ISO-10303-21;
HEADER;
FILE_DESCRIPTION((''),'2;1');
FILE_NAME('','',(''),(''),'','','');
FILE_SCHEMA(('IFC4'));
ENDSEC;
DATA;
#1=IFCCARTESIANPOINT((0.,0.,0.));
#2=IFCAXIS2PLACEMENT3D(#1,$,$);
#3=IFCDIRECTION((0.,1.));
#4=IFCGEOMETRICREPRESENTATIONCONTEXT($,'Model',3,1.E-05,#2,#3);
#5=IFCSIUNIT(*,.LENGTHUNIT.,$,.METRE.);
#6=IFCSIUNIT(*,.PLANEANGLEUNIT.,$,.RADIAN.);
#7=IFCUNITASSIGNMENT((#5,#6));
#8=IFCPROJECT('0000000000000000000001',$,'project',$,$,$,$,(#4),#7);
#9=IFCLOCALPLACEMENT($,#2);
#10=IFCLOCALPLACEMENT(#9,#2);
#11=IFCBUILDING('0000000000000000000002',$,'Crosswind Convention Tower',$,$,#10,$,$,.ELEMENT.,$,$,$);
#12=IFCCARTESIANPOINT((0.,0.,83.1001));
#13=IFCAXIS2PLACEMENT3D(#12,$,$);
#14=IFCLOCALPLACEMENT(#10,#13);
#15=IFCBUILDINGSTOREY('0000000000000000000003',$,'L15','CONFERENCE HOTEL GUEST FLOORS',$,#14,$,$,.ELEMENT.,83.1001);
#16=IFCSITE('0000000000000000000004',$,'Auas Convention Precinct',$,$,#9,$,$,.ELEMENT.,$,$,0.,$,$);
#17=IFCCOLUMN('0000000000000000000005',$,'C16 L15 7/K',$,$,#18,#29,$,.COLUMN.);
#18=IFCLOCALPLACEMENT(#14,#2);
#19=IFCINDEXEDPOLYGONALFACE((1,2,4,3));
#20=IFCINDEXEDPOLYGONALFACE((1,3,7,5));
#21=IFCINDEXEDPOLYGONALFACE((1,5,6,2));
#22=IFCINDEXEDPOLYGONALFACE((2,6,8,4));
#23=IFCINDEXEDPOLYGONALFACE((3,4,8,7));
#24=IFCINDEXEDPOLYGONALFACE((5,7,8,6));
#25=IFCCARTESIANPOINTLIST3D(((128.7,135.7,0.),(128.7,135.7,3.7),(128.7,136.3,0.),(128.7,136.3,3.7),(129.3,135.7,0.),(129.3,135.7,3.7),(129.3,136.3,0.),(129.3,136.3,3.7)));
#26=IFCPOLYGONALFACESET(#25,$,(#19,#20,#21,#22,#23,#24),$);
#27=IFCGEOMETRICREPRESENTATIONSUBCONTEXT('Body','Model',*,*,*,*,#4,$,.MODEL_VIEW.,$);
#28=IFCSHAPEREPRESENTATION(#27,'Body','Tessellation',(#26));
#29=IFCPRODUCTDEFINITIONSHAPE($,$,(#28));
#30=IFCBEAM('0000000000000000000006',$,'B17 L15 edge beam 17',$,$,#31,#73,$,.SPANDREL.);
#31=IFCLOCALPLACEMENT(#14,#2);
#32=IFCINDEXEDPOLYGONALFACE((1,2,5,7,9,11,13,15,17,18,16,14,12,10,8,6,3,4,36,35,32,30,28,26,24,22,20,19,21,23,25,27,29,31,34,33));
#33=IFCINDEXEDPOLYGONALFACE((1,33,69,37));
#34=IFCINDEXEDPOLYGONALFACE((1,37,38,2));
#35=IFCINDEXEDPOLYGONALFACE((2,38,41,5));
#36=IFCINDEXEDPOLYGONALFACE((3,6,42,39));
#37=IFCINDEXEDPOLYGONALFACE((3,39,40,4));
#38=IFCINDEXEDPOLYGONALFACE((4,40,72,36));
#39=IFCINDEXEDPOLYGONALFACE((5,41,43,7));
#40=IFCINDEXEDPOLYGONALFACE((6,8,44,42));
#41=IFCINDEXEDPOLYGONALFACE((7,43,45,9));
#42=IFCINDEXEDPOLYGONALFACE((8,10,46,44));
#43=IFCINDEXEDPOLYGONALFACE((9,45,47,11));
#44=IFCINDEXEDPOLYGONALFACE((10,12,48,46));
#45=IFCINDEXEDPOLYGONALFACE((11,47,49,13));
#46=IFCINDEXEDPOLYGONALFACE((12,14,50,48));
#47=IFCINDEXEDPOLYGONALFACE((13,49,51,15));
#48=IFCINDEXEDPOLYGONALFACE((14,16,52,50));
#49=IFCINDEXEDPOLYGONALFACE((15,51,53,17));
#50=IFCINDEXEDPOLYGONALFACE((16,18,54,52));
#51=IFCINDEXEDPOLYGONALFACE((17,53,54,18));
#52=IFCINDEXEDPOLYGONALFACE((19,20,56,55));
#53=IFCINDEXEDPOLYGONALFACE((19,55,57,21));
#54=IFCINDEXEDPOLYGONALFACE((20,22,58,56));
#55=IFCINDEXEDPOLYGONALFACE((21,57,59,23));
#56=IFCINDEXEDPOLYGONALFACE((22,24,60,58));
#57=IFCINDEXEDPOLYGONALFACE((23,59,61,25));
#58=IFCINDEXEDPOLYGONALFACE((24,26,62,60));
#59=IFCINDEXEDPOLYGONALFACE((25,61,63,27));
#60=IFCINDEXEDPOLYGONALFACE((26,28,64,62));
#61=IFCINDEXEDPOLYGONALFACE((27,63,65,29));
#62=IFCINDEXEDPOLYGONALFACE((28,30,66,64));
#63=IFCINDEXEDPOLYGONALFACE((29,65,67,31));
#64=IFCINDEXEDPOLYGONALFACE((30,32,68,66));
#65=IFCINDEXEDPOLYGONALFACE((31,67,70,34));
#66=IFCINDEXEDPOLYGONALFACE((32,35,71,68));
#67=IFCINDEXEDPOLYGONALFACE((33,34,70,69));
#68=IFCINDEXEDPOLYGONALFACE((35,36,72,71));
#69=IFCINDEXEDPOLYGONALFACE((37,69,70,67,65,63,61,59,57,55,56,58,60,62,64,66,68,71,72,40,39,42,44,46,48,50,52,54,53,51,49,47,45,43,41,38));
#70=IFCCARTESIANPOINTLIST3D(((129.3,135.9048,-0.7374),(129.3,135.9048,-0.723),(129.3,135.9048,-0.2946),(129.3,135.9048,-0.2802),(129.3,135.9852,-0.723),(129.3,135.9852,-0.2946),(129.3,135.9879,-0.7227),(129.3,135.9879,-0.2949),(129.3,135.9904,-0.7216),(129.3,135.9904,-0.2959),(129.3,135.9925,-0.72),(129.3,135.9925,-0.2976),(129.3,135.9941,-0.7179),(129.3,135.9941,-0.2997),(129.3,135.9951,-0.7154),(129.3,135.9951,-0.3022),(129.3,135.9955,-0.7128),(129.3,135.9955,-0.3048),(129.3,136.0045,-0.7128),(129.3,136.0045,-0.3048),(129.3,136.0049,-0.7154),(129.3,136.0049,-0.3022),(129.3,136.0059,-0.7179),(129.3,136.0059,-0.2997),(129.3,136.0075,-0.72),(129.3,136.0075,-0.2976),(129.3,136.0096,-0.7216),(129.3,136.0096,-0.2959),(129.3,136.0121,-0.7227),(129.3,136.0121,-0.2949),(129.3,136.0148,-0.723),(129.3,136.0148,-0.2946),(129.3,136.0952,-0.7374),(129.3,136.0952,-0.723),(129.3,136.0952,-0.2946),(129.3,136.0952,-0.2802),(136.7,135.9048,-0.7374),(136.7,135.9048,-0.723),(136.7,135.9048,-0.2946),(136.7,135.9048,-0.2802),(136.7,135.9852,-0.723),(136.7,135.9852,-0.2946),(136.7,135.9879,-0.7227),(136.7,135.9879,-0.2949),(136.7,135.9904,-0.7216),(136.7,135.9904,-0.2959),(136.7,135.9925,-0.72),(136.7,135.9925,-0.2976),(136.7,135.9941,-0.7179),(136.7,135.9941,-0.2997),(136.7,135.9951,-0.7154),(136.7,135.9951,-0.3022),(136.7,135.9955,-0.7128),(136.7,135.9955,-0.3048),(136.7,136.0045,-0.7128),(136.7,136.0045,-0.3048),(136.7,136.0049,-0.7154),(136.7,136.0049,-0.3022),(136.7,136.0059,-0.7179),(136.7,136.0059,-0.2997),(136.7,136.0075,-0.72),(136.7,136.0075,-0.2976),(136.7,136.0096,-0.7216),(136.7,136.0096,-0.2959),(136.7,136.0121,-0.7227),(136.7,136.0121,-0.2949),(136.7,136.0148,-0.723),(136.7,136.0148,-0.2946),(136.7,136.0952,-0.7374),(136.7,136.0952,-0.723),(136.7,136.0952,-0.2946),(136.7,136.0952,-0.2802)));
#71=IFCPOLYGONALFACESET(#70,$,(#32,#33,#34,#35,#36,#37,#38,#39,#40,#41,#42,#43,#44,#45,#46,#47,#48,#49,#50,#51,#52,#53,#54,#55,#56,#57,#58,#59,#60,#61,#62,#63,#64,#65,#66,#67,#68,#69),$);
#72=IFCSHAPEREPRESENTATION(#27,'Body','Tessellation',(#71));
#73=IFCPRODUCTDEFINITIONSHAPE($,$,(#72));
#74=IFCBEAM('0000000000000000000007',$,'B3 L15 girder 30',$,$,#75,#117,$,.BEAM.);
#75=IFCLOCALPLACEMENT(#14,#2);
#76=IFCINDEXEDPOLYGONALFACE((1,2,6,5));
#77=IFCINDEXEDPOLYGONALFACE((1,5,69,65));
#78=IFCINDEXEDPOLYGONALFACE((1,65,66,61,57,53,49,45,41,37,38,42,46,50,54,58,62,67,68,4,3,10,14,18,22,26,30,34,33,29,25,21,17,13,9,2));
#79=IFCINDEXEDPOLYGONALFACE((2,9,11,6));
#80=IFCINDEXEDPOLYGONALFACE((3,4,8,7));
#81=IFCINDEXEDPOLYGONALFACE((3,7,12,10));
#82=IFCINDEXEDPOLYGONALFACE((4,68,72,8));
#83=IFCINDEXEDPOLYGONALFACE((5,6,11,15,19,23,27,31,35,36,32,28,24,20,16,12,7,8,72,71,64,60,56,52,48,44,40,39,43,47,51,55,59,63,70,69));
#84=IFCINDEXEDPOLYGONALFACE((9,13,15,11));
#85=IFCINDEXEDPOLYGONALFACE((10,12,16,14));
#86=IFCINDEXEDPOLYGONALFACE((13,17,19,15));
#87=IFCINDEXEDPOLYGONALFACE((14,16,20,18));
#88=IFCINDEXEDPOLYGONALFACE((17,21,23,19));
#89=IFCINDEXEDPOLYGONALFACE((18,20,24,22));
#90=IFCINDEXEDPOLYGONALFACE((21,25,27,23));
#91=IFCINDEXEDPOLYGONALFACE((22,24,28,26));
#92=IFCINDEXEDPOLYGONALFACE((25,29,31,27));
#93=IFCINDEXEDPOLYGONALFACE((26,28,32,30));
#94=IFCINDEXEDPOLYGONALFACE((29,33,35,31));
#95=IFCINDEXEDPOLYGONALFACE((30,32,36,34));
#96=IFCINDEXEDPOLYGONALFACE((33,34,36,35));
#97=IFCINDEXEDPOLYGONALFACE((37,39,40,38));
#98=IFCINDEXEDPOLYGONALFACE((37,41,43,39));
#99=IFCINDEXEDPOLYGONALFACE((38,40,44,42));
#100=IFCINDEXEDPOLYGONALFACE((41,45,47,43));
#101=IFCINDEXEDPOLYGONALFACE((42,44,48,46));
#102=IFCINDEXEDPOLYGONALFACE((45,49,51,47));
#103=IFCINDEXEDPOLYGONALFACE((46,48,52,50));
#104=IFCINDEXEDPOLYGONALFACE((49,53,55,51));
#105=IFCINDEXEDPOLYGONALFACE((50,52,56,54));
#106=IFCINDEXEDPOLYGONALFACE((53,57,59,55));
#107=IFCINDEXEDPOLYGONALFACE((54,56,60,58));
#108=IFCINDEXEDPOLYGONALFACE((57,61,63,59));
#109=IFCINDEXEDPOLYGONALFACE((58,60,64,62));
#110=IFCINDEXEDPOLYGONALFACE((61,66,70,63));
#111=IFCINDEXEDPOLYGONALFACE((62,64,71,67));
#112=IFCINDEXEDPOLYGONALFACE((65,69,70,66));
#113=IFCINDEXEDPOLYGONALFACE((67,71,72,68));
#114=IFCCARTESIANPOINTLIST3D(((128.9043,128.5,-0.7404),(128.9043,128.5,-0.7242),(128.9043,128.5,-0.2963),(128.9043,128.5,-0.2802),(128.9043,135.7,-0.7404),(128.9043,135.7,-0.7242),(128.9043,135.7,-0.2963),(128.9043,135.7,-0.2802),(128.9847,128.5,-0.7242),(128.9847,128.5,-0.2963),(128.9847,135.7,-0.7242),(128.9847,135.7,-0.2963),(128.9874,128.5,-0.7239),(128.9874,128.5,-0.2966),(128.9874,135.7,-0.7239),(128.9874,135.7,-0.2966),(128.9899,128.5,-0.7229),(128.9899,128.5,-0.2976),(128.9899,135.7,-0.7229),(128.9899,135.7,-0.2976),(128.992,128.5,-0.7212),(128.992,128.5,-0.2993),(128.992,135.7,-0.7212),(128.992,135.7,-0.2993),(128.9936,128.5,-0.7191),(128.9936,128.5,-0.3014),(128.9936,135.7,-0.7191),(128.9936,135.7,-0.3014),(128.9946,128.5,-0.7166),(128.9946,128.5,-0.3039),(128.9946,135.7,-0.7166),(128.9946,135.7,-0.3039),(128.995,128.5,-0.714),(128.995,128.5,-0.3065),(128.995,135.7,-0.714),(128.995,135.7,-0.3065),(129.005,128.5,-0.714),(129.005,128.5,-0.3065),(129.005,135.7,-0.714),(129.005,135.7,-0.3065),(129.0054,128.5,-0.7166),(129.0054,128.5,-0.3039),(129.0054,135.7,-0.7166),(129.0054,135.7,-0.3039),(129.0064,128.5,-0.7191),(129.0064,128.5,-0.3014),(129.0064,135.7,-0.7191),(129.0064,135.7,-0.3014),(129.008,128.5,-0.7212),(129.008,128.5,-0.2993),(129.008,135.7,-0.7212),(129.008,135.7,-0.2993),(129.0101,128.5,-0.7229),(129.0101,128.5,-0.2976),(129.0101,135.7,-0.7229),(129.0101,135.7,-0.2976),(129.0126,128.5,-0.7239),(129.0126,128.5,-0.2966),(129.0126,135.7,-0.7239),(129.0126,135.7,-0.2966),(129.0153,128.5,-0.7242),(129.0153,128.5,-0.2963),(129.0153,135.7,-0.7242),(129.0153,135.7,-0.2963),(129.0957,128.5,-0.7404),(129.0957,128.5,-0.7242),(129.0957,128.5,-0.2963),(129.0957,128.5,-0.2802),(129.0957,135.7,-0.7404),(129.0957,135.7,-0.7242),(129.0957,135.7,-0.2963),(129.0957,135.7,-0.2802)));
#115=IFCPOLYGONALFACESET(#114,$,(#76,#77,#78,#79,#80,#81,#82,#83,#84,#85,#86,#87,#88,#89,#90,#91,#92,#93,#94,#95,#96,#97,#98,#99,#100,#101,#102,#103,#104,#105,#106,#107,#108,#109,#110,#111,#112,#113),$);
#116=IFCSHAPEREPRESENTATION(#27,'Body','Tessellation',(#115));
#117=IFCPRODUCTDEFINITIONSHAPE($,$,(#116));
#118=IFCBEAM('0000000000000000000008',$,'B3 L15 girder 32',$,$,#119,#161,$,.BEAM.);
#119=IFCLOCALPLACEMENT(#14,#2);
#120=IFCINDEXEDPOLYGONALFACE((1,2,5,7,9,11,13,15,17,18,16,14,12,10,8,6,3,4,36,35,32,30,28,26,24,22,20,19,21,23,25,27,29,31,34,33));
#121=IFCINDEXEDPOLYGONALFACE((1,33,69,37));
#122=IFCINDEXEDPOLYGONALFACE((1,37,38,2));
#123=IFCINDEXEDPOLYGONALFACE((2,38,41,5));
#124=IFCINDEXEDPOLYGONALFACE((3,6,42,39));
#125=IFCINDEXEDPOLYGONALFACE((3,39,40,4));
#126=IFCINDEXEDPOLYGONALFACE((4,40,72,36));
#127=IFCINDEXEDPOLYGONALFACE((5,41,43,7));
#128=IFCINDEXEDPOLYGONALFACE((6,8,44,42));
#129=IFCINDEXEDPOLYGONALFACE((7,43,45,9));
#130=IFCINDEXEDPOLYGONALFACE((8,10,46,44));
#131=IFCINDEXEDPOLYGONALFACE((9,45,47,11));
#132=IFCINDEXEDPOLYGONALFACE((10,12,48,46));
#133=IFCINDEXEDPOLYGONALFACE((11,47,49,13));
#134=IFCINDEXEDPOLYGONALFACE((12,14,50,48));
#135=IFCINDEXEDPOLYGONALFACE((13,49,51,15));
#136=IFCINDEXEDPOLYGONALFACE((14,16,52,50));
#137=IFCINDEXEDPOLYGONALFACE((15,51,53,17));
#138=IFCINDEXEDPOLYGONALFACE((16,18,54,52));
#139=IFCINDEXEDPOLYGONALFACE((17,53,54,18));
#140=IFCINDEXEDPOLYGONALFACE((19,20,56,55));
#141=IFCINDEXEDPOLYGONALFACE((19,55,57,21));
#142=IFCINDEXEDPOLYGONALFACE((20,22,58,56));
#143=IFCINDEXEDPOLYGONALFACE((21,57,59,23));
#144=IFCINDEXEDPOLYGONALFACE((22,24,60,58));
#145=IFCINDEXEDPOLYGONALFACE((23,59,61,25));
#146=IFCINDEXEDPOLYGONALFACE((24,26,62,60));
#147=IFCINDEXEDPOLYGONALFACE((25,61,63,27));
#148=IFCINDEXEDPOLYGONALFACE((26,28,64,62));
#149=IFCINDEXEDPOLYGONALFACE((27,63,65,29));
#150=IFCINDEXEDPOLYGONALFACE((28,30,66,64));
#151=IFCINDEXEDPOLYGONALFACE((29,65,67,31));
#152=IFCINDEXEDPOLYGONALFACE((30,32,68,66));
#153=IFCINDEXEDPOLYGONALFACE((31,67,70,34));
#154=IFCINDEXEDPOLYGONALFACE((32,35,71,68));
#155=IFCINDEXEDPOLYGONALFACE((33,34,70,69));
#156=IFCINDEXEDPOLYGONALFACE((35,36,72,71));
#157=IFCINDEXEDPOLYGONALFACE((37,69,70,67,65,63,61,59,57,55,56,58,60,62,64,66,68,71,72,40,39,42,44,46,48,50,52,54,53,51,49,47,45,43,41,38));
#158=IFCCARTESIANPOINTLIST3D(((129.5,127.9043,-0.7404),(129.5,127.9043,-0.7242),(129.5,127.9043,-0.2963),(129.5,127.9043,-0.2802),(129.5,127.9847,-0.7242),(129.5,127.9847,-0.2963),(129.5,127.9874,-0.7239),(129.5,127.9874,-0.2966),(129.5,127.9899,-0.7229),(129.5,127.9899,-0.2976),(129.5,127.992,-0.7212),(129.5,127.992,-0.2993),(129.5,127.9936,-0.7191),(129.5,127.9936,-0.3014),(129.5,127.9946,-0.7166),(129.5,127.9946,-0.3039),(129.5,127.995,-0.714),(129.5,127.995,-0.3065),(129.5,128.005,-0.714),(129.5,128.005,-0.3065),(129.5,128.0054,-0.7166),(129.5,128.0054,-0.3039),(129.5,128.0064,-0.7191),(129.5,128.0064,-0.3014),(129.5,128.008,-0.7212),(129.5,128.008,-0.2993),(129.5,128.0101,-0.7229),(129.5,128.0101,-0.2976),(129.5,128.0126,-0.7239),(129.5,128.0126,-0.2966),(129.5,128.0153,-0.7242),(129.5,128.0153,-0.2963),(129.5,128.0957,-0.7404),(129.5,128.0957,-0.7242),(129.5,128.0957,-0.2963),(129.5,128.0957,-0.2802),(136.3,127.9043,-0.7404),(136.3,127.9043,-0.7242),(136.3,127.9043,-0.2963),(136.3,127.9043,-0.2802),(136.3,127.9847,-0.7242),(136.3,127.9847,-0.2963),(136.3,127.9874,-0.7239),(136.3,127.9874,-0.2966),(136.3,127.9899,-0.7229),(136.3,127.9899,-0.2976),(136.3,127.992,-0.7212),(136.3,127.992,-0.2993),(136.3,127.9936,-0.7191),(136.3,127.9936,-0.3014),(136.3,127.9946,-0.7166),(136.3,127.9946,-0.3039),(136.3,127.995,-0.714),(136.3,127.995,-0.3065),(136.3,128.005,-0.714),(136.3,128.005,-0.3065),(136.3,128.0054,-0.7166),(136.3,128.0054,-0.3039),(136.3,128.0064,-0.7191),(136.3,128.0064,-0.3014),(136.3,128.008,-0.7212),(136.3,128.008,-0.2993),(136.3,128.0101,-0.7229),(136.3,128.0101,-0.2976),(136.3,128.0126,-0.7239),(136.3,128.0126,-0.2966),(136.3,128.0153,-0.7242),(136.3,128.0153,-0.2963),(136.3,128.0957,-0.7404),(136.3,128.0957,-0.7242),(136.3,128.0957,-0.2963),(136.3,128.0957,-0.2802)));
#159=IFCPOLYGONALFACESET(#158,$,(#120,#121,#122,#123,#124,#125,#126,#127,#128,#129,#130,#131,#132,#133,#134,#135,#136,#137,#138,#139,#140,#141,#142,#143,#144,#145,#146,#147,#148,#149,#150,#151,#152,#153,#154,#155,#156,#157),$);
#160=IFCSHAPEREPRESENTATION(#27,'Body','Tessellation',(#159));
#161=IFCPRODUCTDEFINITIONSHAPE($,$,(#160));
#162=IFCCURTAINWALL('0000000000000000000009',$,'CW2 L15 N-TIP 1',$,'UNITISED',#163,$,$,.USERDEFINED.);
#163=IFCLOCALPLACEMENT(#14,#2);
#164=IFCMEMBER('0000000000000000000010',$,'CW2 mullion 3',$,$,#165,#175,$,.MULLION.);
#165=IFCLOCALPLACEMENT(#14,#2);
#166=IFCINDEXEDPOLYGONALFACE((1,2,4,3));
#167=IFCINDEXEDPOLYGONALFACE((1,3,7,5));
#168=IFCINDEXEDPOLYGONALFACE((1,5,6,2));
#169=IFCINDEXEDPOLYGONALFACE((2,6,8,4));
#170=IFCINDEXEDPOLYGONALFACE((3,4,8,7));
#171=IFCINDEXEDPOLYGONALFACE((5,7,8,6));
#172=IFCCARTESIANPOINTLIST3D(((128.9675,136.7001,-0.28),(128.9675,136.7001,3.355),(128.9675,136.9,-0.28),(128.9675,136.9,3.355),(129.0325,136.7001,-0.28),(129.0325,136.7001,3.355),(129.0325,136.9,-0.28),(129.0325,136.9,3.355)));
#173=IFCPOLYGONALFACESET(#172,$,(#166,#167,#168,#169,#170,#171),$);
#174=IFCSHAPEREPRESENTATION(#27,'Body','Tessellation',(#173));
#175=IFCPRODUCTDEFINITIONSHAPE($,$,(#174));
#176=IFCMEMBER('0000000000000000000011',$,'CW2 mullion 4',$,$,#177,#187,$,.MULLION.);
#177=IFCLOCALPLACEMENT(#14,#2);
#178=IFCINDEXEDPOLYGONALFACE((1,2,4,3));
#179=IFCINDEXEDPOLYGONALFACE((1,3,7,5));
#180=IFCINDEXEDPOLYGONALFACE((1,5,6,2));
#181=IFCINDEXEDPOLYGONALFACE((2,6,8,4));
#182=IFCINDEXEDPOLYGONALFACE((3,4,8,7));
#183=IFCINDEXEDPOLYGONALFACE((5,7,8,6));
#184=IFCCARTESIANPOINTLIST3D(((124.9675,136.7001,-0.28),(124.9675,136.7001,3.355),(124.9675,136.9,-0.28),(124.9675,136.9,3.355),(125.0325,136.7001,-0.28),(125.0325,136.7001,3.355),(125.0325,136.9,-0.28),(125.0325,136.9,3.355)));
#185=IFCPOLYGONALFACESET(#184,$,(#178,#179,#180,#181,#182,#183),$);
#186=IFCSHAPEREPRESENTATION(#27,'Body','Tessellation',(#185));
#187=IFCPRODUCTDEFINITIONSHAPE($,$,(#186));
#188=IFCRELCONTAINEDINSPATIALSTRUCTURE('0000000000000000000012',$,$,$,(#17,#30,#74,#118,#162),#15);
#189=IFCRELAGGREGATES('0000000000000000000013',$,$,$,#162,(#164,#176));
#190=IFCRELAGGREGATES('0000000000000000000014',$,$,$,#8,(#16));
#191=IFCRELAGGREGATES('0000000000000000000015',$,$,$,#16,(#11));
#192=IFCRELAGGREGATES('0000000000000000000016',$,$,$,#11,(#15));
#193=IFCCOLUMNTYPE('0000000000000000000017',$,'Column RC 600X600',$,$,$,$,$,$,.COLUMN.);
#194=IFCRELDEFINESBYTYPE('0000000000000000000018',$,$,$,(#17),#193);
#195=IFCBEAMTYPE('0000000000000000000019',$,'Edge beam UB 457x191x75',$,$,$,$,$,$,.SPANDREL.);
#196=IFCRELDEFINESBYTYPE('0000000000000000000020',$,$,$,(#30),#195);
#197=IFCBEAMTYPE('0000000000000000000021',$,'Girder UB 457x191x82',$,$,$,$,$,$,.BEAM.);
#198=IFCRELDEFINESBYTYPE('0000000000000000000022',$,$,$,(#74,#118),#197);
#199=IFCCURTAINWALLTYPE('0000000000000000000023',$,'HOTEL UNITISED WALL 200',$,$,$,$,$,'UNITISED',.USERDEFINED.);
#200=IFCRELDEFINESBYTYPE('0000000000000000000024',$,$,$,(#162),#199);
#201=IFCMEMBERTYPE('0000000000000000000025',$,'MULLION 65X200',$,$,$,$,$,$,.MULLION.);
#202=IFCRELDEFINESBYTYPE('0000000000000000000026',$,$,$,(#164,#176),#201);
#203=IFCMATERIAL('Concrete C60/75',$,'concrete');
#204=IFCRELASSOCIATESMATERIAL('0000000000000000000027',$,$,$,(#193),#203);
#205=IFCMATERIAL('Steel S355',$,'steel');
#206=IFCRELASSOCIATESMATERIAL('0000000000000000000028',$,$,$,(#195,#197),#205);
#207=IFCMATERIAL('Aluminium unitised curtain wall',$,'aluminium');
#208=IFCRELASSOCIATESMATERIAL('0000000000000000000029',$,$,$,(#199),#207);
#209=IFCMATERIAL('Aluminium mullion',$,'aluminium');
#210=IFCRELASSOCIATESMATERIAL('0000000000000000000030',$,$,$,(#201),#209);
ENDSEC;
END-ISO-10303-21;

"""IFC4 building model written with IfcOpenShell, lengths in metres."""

from ifc_helpers import new_model, si_unit, direction, frame, origin, origin_2d, place, context, subcontext, project, spatial, rectangle, i_section, extrude, material, material_profile, profile_set, type_object, element, aggregate, save


model = new_model("IFC4")

# Units and contexts
model_context = context("Model", 3, precision=1e-05, world=origin(), true_north=direction((0.0, 1.0)))
body_context = subcontext(model_context, "Body", "Model", "MODEL_VIEW")
ifc_project = project(units=[si_unit("LENGTHUNIT", "METRE"), si_unit("PLANEANGLEUNIT", "RADIAN")], contexts=[model_context])

# Site, building, storey
site_placement = place(None, origin())
site = spatial("IfcSite", under=ifc_project, at=site_placement, Name="Auas Convention Precinct", CompositionType="ELEMENT", RefElevation=0.0)
building_placement = place(site_placement, origin())
building = spatial("IfcBuilding", under=site, at=building_placement, Name="Crosswind Convention Tower", CompositionType="ELEMENT")
storey_placement = place(building_placement, frame((0.0, 0.0, 83.1001)))
storey = spatial("IfcBuildingStorey", under=building, at=storey_placement, Name="L15", Description="CONFERENCE HOTEL GUEST FLOORS", CompositionType="ELEMENT", Elevation=83.1001)

# Column
ifc_material_1 = material(Name="Concrete C60/75", Category="concrete")
ifc_material_profile_1 = material_profile(ifc_material_1, rectangle(XDim=0.6001, YDim=0.6001, at=origin_2d()), Name="RC 600X600")
ifc_profile_set_1 = profile_set([ifc_material_profile_1], Name="Concrete C60/75")
column_type = type_object("IfcColumnType", Name="Column RC 600X600", PredefinedType="COLUMN", material=ifc_profile_set_1)
column_placement = place(storey_placement, frame((129.0, 136.0, 0.0), z_axis=(0.0, 0.0, 1.0), x_axis=(1.0, 0.0, 0.0)))
element("IfcColumn", 1, at=column_placement, inside=storey, type_object=column_type, Name="C16 L15 7/K", PredefinedType="COLUMN", context=body_context, shape_type="SweptSolid", body=[
    extrude(rectangle(XDim=0.6001, YDim=0.6001, at=origin_2d()), origin(), (0.0, 0.0, 1.0), 3.7),
])

# Beams
ifc_material_2 = material(Name="Steel S355", Category="steel")
ifc_material_profile_2 = material_profile(ifc_material_2, i_section(OverallWidth=0.1904, OverallDepth=0.4573, WebThickness=0.009, FlangeThickness=0.0144, FilletRadius=0.0103, at=origin_2d()), Name="UB 457x191x75")
ifc_profile_set_2 = profile_set([ifc_material_profile_2], Name="Steel S355")
beam_type_1 = type_object("IfcBeamType", Name="Edge beam UB 457x191x75", PredefinedType="SPANDREL", material=ifc_profile_set_2)
beam_1_placement = place(storey_placement, frame((129.3, 136.0, -0.5088), z_axis=(1.0, 0.0, 0.0), x_axis=(0.0, 1.0, 0.0)))
element("IfcBeam", 2, at=beam_1_placement, inside=storey, type_object=beam_type_1, Name="B17 L15 edge beam 17", PredefinedType="SPANDREL", context=body_context, shape_type="SweptSolid", body=[
    extrude(i_section(OverallWidth=0.1904, OverallDepth=0.4573, WebThickness=0.009, FlangeThickness=0.0144, FilletRadius=0.0103, at=origin_2d()), origin(), (0.0, 0.0, 1.0), 7.3999),
])
ifc_material_profile_3 = material_profile(ifc_material_2, i_section(OverallWidth=0.1914, OverallDepth=0.4602, WebThickness=0.01, FlangeThickness=0.0161, FilletRadius=0.0103, at=origin_2d()), Name="UB 457x191x82")
ifc_profile_set_3 = profile_set([ifc_material_profile_3], Name="Steel S355")
beam_type_2 = type_object("IfcBeamType", Name="Girder UB 457x191x82", PredefinedType="BEAM", material=ifc_profile_set_3)
beam_2_placement = place(storey_placement, frame((129.0, 128.5, -0.5103), z_axis=(0.0, 1.0, 0.0), x_axis=(-1.0, 0.0, 0.0)))
element("IfcBeam", 3, at=beam_2_placement, inside=storey, type_object=beam_type_2, Name="B3 L15 girder 30", PredefinedType="BEAM", context=body_context, shape_type="SweptSolid", body=[
    extrude(i_section(OverallWidth=0.1914, OverallDepth=0.4602, WebThickness=0.01, FlangeThickness=0.0161, FilletRadius=0.0103, at=origin_2d()), origin(), (0.0, 0.0, 1.0), 7.2),
])
beam_3_placement = place(storey_placement, frame((129.5, 128.0, -0.5103), z_axis=(1.0, 0.0, 0.0), x_axis=(0.0, 1.0, 0.0)))
element("IfcBeam", 4, at=beam_3_placement, inside=storey, type_object=beam_type_2, Name="B3 L15 girder 32", PredefinedType="BEAM", context=body_context, shape_type="SweptSolid", body=[
    extrude(i_section(OverallWidth=0.1914, OverallDepth=0.4602, WebThickness=0.01, FlangeThickness=0.0161, FilletRadius=0.0103, at=origin_2d()), origin(), (0.0, 0.0, 1.0), 6.8),
])

# Curtain wall, members
ifc_material_3 = material(Name="Aluminium unitised curtain wall", Category="aluminium")
curtain_wall_type = type_object("IfcCurtainWallType", Name="HOTEL UNITISED WALL 200", ElementType="UNITISED", PredefinedType="USERDEFINED", material=ifc_material_3)
curtain_wall_placement = place(storey_placement, origin())
curtain_wall = element("IfcCurtainWall", 5, at=curtain_wall_placement, inside=storey, type_object=curtain_wall_type, Name="CW2 L15 N-TIP 1", ObjectType="UNITISED", PredefinedType="USERDEFINED")
ifc_material_4 = material(Name="Aluminium mullion", Category="aluminium")
ifc_material_profile_4 = material_profile(ifc_material_4, rectangle(XDim=0.2, YDim=0.0649, at=origin_2d()), Name="AL 200X65")
ifc_profile_set_4 = profile_set([ifc_material_profile_4], Name="Aluminium mullion")
member_type = type_object("IfcMemberType", Name="MULLION 65X200", PredefinedType="MULLION", material=ifc_profile_set_4)
member_1_placement = place(storey_placement, frame((129.0, 136.8, -0.28), z_axis=(0.0, 0.0, 1.0), x_axis=(0.0, 1.0, 0.0)))
member_1 = element("IfcMember", 6, at=member_1_placement, type_object=member_type, Name="CW2 mullion 3", PredefinedType="MULLION", context=body_context, shape_type="SweptSolid", body=[
    extrude(rectangle(XDim=0.2, YDim=0.0649, at=origin_2d()), origin(), (0.0, 0.0, 1.0), 3.635),
])
member_2_placement = place(storey_placement, frame((125.0, 136.8, -0.28), z_axis=(0.0, 0.0, 1.0), x_axis=(0.0, 1.0, 0.0)))
member_2 = element("IfcMember", 7, at=member_2_placement, type_object=member_type, Name="CW2 mullion 4", PredefinedType="MULLION", context=body_context, shape_type="SweptSolid", body=[
    extrude(rectangle(XDim=0.2, YDim=0.0649, at=origin_2d()), origin(), (0.0, 0.0, 1.0), 3.635),
])

aggregate(curtain_wall, [member_1, member_2])

save(model, "model.ifc")
